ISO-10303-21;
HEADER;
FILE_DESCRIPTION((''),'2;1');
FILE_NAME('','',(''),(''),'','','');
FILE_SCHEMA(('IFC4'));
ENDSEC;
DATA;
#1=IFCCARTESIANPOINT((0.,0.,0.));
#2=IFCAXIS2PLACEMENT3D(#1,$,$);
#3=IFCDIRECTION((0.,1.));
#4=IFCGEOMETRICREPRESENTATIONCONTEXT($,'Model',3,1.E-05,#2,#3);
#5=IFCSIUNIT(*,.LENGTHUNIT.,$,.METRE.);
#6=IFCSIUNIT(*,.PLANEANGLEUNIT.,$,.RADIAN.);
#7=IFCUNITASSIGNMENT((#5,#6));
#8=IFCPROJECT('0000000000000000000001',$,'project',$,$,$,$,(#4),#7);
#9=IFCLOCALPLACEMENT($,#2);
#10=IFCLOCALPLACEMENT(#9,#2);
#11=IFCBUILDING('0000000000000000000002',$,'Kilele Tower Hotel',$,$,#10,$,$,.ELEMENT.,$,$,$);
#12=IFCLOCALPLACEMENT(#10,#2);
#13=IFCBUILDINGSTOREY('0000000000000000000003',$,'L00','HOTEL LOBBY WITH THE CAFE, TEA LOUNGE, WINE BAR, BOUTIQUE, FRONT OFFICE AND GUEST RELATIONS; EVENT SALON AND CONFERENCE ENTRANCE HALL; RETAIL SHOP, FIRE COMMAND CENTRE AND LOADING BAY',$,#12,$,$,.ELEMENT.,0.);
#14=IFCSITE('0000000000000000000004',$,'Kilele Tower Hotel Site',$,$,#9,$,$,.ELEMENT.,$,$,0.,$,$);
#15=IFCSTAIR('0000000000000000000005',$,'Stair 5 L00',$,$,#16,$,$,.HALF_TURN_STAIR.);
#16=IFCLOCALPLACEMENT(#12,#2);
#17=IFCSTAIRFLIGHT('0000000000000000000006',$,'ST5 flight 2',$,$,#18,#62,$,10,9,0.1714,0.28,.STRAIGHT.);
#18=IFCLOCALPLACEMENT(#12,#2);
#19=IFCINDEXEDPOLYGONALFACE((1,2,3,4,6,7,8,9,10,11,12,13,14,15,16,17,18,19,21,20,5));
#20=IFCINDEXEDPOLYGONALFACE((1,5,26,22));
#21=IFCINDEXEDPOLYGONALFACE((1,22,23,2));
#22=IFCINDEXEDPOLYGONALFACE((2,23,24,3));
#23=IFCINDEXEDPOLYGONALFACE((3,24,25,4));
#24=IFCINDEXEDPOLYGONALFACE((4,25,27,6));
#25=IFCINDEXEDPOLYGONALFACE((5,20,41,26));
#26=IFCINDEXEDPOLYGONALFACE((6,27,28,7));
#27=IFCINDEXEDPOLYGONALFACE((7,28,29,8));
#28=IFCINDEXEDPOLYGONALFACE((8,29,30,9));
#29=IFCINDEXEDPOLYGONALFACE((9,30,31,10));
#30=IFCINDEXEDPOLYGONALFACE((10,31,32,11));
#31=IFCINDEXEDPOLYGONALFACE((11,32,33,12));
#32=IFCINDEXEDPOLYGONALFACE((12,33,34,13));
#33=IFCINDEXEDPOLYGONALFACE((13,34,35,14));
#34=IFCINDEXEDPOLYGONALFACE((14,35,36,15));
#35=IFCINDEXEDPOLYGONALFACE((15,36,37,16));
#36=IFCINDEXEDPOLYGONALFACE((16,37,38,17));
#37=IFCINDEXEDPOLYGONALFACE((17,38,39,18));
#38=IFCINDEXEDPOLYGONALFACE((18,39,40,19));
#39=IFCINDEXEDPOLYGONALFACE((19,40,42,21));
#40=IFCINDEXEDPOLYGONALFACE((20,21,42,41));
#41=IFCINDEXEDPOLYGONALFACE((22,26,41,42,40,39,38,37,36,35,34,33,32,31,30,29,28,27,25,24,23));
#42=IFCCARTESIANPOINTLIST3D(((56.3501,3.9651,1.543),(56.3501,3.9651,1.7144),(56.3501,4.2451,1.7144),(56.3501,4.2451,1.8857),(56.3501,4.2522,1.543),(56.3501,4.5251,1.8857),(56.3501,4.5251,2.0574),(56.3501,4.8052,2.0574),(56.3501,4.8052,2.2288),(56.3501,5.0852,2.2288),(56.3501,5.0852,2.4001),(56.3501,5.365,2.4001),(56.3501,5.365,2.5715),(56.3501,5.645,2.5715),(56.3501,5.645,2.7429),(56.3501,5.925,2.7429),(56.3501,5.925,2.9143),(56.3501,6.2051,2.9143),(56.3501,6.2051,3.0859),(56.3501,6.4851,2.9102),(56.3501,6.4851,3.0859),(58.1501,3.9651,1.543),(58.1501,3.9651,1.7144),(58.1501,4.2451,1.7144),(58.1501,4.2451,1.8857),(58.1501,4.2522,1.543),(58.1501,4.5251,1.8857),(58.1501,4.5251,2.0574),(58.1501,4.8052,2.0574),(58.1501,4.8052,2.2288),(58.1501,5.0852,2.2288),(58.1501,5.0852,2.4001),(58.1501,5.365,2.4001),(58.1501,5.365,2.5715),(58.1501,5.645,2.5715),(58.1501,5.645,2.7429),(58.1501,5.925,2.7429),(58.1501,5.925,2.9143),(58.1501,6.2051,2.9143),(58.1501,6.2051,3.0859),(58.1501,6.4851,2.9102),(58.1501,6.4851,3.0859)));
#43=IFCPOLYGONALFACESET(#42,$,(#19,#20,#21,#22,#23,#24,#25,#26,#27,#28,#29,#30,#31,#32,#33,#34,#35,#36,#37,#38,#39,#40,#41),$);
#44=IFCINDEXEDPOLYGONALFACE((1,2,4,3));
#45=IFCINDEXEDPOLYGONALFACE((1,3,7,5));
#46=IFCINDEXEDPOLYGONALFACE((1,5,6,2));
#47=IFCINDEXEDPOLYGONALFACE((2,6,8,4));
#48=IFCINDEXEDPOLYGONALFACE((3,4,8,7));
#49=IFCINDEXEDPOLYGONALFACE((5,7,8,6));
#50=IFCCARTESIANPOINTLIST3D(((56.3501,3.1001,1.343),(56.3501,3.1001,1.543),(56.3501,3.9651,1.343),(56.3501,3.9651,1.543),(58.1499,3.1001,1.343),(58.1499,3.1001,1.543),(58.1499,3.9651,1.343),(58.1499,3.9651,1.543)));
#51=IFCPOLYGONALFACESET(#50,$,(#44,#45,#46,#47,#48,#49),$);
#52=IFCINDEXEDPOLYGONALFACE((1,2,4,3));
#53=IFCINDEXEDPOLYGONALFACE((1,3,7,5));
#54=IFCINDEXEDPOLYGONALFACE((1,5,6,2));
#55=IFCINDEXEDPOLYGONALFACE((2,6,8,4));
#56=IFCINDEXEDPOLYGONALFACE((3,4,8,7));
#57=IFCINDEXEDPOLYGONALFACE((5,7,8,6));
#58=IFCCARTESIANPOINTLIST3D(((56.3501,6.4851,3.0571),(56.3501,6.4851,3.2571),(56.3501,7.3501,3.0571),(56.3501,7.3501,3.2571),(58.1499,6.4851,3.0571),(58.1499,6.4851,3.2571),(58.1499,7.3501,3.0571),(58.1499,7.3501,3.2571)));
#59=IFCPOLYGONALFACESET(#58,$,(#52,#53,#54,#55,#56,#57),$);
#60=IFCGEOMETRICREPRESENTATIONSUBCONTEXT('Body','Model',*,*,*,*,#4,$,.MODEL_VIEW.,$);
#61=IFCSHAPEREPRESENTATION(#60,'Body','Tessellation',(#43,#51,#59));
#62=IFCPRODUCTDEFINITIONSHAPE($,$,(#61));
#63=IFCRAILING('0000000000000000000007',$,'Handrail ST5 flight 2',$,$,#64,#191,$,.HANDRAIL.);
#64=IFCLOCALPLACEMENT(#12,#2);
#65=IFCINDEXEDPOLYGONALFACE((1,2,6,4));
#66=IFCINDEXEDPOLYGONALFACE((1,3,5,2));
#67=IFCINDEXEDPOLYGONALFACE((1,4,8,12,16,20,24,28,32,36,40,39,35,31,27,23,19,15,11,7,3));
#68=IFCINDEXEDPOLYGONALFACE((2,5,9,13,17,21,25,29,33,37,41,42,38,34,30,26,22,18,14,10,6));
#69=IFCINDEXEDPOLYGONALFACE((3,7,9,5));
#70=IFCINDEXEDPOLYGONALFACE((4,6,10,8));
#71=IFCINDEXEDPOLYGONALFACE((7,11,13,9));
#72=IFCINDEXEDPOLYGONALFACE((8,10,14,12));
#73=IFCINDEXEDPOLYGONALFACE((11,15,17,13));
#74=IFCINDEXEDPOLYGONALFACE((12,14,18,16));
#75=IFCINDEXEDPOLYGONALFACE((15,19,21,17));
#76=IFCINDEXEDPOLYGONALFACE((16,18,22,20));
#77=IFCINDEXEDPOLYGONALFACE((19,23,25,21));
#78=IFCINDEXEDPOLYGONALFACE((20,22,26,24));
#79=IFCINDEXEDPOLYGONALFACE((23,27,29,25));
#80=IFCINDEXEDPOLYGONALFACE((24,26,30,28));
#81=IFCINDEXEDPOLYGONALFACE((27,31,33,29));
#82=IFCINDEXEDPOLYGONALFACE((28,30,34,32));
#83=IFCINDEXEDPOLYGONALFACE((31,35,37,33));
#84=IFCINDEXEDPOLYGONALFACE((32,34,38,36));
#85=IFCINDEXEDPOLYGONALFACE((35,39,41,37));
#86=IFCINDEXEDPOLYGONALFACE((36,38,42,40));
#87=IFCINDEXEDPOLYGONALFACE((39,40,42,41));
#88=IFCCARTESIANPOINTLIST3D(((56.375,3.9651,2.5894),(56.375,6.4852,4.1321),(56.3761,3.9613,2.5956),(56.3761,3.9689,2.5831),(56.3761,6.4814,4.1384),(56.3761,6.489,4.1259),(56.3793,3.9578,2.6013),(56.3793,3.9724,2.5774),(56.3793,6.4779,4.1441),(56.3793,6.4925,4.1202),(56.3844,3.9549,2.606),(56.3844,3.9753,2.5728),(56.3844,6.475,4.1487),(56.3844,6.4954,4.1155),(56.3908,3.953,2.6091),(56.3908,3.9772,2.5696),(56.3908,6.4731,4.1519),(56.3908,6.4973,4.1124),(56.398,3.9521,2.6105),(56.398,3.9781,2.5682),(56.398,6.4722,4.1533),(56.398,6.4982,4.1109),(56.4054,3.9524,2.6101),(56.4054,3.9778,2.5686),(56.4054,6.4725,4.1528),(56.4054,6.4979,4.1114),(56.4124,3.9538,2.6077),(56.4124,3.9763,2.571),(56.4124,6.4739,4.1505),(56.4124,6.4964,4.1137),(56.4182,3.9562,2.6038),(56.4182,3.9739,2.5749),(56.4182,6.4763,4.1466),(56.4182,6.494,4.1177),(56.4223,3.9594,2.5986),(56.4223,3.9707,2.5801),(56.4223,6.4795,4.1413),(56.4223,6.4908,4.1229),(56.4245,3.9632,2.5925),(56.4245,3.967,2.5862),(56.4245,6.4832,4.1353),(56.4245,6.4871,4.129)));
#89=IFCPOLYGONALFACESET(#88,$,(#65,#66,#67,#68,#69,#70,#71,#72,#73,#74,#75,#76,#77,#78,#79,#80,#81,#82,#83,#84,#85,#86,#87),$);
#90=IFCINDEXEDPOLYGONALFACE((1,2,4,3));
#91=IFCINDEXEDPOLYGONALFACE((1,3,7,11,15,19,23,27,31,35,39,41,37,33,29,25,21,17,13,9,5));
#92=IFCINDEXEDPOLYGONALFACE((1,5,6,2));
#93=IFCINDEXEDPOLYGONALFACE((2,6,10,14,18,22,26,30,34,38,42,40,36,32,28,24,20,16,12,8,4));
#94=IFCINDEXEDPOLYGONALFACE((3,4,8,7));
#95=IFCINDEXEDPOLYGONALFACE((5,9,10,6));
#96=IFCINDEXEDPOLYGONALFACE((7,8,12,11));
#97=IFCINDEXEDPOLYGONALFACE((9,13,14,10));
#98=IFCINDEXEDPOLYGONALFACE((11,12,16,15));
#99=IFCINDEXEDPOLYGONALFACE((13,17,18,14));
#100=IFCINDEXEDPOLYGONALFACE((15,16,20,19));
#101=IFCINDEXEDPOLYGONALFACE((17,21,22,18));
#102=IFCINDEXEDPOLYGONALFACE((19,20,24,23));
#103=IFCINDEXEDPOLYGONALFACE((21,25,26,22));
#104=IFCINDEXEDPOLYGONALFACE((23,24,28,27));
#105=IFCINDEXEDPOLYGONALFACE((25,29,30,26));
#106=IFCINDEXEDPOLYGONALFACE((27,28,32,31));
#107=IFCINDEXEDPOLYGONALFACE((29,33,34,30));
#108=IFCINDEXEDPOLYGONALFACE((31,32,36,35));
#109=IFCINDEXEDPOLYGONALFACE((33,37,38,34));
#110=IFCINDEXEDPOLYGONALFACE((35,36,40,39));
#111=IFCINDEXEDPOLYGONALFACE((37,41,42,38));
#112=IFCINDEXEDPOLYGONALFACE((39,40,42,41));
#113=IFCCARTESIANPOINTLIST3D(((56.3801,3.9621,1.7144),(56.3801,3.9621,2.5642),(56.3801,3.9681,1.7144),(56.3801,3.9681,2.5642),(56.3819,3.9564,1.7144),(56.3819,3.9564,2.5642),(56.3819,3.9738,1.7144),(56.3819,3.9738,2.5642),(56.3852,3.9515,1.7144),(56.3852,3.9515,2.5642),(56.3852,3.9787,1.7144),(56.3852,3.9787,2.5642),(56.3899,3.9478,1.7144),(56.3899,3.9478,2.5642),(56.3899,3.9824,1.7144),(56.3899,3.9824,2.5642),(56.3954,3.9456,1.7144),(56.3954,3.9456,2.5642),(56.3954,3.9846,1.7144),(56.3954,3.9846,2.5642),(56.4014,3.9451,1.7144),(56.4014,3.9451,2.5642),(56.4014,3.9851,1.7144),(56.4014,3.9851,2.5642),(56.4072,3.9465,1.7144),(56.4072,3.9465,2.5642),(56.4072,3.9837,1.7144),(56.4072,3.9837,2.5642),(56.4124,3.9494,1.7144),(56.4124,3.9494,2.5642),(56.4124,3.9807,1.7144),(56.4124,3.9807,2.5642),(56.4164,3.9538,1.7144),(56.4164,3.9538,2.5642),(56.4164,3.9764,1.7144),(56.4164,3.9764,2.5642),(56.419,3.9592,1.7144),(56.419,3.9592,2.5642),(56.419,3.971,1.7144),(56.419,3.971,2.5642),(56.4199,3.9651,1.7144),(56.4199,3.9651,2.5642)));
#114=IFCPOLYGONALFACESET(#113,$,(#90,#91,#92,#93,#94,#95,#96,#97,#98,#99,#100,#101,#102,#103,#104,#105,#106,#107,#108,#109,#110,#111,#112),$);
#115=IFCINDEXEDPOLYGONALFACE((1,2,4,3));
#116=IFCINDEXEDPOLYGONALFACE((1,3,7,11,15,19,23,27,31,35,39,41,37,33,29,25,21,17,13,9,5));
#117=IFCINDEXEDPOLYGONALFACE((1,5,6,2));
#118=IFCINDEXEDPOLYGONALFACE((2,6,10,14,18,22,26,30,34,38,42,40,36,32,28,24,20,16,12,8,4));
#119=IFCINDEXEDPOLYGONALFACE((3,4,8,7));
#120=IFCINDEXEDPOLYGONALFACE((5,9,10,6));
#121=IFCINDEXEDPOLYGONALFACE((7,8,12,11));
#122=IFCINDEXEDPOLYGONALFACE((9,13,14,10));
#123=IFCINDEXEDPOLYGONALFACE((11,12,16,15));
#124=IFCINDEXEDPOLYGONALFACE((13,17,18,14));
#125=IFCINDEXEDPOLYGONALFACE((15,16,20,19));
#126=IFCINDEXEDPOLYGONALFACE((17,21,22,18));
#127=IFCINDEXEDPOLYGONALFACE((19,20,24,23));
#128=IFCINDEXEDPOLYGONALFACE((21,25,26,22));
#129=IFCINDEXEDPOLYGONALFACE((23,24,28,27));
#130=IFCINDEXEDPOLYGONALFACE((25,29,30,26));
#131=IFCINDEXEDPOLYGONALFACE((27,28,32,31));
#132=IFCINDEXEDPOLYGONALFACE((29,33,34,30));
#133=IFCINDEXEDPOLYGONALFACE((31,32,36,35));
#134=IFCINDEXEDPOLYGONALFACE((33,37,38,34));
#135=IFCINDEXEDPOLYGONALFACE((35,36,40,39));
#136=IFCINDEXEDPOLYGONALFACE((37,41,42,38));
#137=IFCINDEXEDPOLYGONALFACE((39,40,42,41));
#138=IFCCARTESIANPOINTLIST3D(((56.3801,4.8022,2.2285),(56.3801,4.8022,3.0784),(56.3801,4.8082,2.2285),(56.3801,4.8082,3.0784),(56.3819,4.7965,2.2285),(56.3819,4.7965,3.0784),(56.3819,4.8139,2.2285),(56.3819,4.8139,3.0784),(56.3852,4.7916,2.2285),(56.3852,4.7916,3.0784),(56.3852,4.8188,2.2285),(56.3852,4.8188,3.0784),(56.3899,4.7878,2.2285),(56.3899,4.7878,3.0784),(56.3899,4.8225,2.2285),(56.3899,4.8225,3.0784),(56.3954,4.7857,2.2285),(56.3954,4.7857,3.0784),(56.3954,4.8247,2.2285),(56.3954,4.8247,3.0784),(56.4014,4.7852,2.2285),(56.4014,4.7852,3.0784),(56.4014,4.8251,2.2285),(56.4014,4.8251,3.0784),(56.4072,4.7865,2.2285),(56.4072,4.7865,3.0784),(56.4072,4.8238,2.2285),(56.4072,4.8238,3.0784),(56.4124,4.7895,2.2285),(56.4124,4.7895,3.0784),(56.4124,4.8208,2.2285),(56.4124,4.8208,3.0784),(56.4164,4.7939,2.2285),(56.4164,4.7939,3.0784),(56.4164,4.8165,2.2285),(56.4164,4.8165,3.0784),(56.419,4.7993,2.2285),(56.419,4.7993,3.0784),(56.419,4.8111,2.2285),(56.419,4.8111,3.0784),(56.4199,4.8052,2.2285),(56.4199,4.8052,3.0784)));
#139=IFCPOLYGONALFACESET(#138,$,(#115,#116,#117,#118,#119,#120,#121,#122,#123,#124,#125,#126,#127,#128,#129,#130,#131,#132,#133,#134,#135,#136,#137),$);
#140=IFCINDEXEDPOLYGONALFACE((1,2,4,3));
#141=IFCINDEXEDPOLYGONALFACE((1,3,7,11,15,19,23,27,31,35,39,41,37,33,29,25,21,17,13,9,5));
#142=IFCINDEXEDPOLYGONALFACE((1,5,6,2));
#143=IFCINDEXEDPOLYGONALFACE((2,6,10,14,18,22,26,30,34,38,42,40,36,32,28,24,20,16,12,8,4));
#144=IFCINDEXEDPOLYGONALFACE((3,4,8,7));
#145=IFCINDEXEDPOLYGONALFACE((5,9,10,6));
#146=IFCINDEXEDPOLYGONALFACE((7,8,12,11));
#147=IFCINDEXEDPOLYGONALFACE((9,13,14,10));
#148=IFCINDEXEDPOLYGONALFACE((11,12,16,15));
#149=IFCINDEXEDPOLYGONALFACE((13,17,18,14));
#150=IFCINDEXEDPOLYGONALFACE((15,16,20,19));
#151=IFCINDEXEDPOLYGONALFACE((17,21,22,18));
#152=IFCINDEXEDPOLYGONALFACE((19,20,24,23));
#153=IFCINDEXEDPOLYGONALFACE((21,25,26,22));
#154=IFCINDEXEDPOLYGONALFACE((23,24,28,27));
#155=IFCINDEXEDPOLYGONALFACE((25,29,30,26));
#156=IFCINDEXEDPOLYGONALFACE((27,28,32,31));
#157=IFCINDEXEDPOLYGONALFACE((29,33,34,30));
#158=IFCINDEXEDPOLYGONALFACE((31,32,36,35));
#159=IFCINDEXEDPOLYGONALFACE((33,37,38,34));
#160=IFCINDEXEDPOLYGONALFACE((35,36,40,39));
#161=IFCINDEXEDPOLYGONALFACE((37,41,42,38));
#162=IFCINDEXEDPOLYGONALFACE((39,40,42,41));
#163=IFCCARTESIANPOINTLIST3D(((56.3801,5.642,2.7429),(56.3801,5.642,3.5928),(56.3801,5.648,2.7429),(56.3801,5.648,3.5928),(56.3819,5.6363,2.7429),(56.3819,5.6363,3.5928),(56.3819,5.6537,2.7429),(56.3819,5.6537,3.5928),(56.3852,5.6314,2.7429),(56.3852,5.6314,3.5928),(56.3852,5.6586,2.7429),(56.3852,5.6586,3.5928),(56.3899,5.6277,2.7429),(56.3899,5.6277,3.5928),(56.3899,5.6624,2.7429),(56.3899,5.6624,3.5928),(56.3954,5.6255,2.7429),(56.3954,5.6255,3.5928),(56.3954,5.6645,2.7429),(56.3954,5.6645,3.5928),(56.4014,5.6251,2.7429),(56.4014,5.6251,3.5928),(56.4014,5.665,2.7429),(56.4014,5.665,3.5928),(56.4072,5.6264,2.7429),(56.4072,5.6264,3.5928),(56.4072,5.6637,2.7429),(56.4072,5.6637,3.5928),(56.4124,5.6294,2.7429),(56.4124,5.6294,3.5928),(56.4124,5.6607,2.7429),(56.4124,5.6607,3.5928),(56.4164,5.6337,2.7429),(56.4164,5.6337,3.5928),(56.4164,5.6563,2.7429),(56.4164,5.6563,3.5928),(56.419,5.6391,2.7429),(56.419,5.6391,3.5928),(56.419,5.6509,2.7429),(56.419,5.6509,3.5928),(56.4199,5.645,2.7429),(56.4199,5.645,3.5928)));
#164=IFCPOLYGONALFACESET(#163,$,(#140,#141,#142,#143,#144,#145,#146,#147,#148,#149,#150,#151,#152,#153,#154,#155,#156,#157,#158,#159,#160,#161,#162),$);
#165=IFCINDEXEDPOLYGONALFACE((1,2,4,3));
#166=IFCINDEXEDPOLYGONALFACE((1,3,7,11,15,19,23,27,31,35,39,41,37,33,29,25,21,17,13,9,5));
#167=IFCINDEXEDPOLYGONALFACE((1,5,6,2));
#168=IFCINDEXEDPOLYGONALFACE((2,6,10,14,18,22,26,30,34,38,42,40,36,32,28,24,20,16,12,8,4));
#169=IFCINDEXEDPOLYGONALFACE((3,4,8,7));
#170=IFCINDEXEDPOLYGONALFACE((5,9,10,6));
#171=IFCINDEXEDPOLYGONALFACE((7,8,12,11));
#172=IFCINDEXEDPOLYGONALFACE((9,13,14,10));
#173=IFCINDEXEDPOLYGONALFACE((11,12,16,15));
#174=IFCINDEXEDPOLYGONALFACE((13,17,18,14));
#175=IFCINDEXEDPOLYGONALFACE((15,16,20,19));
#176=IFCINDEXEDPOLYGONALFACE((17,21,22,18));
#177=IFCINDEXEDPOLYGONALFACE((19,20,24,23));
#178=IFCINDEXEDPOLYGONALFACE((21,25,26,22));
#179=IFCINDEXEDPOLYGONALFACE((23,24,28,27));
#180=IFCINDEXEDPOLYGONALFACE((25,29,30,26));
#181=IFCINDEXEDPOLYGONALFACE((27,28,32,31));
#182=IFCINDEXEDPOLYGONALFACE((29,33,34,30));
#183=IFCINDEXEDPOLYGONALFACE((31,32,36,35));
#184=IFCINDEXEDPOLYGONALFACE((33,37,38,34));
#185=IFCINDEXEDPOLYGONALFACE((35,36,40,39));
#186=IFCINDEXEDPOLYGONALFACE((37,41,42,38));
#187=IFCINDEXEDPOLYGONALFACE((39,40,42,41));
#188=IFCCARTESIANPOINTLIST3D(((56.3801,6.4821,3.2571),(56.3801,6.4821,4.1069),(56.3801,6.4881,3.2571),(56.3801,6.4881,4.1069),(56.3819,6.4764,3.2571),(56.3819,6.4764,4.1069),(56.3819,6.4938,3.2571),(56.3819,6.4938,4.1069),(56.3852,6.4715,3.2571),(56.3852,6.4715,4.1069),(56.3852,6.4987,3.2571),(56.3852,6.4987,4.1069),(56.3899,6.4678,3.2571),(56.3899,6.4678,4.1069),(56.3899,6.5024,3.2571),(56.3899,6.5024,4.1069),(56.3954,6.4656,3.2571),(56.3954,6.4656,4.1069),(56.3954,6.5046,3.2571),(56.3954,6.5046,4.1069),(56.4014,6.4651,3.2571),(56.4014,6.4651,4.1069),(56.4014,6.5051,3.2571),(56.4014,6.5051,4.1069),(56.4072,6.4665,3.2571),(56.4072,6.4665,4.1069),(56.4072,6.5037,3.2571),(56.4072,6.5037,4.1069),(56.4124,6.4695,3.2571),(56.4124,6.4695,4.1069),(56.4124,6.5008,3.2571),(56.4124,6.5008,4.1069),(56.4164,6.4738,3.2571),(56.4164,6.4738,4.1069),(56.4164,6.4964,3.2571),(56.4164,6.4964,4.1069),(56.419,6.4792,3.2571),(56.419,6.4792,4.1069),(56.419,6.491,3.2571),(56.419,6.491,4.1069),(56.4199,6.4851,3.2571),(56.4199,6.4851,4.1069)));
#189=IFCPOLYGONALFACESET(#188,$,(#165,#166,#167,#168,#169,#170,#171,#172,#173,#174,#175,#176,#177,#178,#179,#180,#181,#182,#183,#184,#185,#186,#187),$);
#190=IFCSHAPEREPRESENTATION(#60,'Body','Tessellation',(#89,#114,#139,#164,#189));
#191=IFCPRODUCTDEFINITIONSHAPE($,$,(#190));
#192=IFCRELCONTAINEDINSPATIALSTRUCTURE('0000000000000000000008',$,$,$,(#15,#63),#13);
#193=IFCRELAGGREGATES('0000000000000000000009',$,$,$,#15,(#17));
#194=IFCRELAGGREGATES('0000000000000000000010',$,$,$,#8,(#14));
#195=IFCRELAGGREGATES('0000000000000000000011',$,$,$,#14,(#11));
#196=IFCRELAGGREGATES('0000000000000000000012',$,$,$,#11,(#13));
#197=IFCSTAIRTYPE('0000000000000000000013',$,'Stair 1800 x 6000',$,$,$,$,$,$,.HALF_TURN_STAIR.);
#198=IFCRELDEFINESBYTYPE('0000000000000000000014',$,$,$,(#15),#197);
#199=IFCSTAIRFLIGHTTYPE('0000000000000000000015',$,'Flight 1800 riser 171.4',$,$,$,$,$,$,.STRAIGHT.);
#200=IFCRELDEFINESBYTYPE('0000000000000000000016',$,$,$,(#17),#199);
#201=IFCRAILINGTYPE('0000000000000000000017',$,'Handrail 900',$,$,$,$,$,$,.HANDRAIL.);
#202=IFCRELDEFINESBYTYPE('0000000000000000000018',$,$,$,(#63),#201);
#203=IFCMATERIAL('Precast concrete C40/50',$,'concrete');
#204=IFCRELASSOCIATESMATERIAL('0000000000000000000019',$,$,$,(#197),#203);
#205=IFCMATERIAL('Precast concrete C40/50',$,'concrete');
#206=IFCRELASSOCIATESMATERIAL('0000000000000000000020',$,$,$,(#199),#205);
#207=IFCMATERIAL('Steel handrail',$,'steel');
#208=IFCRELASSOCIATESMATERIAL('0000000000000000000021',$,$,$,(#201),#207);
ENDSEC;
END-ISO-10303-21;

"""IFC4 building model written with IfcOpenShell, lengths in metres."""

from ifc_helpers import new_model, si_unit, direction, frame, origin, origin_2d, place, context, subcontext, project, spatial, polyline, circle, outline, extrude, material, type_object, element, aggregate, save


model = new_model("IFC4")

# Units and contexts
model_context = context("Model", 3, precision=1e-05, world=origin(), true_north=direction((0.0, 1.0)))
body_context = subcontext(model_context, "Body", "Model", "MODEL_VIEW")
ifc_project = project(units=[si_unit("LENGTHUNIT", "METRE"), si_unit("PLANEANGLEUNIT", "RADIAN")], contexts=[model_context])

# Site, building, storey
site_placement = place(None, origin())
site = spatial("IfcSite", under=ifc_project, at=site_placement, Name="Kilele Tower Hotel Site", CompositionType="ELEMENT", RefElevation=0.0)
building_placement = place(site_placement, origin())
building = spatial("IfcBuilding", under=site, at=building_placement, Name="Kilele Tower Hotel", CompositionType="ELEMENT")
storey_placement = place(building_placement, origin())
storey = spatial("IfcBuildingStorey", under=building, at=storey_placement, Name="L00", Description="HOTEL LOBBY WITH THE CAFE, TEA LOUNGE, WINE BAR, BOUTIQUE, FRONT OFFICE AND GUEST RELATIONS; EVENT SALON AND CONFERENCE ENTRANCE HALL; RETAIL SHOP, FIRE COMMAND CENTRE AND LOADING BAY", CompositionType="ELEMENT", Elevation=0.0)

# Stair, stair flight
ifc_material_1 = material(Name="Precast concrete C40/50", Category="concrete")
stair_type = type_object("IfcStairType", Name="Stair 1800 x 6000", PredefinedType="HALF_TURN_STAIR", material=ifc_material_1)
stair_placement = place(storey_placement, origin())
stair = element("IfcStair", 1, at=stair_placement, inside=storey, type_object=stair_type, Name="Stair 5 L00", PredefinedType="HALF_TURN_STAIR")
ifc_material_2 = material(Name="Precast concrete C40/50", Category="concrete")
stair_flight_type = type_object("IfcStairFlightType", Name="Flight 1800 riser 171.4", PredefinedType="STRAIGHT", material=ifc_material_2)
stair_flight_placement = place(storey_placement, frame((57.25, 3.9651, 1.543), z_axis=(0.0, 0.0, 1.0), x_axis=(0.0, 1.0, 0.0)))
stair_flight = element("IfcStairFlight", 2, at=stair_flight_placement, type_object=stair_flight_type, Name="ST5 flight 2", NumberOfRisers=10, NumberOfTreads=9, PredefinedType="STRAIGHT", RiserHeight=0.1714, TreadLength=0.28, context=body_context, shape_type="SweptSolid", body=[
    extrude(outline(polyline([(0.0, 0.0), (0.0, 0.1714), (0.28, 0.1714), (0.28, 0.3428), (0.5601, 0.3428), (0.5601, 0.5144), (0.8401, 0.5144), (0.8401, 0.6858), (1.1201, 0.6858), (1.1201, 0.8572), (1.3999, 0.8572), (1.3999, 1.0286), (1.6799, 1.0286), (1.6799, 1.2), (1.96, 1.2), (1.96, 1.3713), (2.24, 1.3713), (2.24, 1.543), (2.52, 1.543), (2.52, 1.7144), (2.52, 1.3672), (0.2871, 0.0), (0.0, 0.0)])), frame((0.0, 0.8999, 0.0), z_axis=(0.0, -1.0, 0.0), x_axis=(1.0, 0.0, 0.0)), (0.0, 0.0, 1.0), 1.8),
    extrude(outline(polyline([(-0.865, 0.8999), (-0.865, -0.8999), (0.0, -0.8999), (0.0, 0.8999), (-0.865, 0.8999)])), frame((0.0, 0.0, -0.2)), (0.0, 0.0, 1.0), 0.2),
    extrude(outline(polyline([(2.52, 0.8999), (2.52, -0.8999), (3.385, -0.8999), (3.385, 0.8999), (2.52, 0.8999)])), frame((0.0, 0.0, 1.5142)), (0.0, 0.0, 1.0), 0.2),
])
aggregate(stair, [stair_flight])

# Railing
ifc_material_3 = material(Name="Steel handrail", Category="steel")
railing_type_1 = type_object("IfcRailingType", Name="Handrail 900", PredefinedType="HANDRAIL", material=ifc_material_3)
for number, where, name in (
    (3, (56.3999, 3.9651, 1.7144), "Handrail ST5 flight 2"),
):
    element("IfcRailing", number, at=place(storey_placement, frame(where)), inside=storey, type_object=railing_type_1, Name=name, PredefinedType="HANDRAIL", context=body_context, shape_type="SweptSolid", body=[
        extrude(circle(Radius=0.0249, at=origin_2d()), frame((0.0, 0.0, 0.875), z_axis=(0.0, 0.852873, 0.522118), x_axis=(-1.0, 0.0, 0.0)), (0.0, 0.0, 1.0), 2.9548),
        extrude(circle(Radius=0.02, at=origin_2d()), origin(), (0.0, 0.0, 1.0), 0.8499),
        extrude(circle(Radius=0.02, at=origin_2d()), frame((0.0, 0.8401, 0.5142)), (0.0, 0.0, 1.0), 0.8499),
        extrude(circle(Radius=0.02, at=origin_2d()), frame((0.0, 1.6799, 1.0286)), (0.0, 0.0, 1.0), 0.8499),
        extrude(circle(Radius=0.02, at=origin_2d()), frame((0.0, 2.52, 1.5427)), (0.0, 0.0, 1.0), 0.8499),
    ])

save(model, "model.ifc")
